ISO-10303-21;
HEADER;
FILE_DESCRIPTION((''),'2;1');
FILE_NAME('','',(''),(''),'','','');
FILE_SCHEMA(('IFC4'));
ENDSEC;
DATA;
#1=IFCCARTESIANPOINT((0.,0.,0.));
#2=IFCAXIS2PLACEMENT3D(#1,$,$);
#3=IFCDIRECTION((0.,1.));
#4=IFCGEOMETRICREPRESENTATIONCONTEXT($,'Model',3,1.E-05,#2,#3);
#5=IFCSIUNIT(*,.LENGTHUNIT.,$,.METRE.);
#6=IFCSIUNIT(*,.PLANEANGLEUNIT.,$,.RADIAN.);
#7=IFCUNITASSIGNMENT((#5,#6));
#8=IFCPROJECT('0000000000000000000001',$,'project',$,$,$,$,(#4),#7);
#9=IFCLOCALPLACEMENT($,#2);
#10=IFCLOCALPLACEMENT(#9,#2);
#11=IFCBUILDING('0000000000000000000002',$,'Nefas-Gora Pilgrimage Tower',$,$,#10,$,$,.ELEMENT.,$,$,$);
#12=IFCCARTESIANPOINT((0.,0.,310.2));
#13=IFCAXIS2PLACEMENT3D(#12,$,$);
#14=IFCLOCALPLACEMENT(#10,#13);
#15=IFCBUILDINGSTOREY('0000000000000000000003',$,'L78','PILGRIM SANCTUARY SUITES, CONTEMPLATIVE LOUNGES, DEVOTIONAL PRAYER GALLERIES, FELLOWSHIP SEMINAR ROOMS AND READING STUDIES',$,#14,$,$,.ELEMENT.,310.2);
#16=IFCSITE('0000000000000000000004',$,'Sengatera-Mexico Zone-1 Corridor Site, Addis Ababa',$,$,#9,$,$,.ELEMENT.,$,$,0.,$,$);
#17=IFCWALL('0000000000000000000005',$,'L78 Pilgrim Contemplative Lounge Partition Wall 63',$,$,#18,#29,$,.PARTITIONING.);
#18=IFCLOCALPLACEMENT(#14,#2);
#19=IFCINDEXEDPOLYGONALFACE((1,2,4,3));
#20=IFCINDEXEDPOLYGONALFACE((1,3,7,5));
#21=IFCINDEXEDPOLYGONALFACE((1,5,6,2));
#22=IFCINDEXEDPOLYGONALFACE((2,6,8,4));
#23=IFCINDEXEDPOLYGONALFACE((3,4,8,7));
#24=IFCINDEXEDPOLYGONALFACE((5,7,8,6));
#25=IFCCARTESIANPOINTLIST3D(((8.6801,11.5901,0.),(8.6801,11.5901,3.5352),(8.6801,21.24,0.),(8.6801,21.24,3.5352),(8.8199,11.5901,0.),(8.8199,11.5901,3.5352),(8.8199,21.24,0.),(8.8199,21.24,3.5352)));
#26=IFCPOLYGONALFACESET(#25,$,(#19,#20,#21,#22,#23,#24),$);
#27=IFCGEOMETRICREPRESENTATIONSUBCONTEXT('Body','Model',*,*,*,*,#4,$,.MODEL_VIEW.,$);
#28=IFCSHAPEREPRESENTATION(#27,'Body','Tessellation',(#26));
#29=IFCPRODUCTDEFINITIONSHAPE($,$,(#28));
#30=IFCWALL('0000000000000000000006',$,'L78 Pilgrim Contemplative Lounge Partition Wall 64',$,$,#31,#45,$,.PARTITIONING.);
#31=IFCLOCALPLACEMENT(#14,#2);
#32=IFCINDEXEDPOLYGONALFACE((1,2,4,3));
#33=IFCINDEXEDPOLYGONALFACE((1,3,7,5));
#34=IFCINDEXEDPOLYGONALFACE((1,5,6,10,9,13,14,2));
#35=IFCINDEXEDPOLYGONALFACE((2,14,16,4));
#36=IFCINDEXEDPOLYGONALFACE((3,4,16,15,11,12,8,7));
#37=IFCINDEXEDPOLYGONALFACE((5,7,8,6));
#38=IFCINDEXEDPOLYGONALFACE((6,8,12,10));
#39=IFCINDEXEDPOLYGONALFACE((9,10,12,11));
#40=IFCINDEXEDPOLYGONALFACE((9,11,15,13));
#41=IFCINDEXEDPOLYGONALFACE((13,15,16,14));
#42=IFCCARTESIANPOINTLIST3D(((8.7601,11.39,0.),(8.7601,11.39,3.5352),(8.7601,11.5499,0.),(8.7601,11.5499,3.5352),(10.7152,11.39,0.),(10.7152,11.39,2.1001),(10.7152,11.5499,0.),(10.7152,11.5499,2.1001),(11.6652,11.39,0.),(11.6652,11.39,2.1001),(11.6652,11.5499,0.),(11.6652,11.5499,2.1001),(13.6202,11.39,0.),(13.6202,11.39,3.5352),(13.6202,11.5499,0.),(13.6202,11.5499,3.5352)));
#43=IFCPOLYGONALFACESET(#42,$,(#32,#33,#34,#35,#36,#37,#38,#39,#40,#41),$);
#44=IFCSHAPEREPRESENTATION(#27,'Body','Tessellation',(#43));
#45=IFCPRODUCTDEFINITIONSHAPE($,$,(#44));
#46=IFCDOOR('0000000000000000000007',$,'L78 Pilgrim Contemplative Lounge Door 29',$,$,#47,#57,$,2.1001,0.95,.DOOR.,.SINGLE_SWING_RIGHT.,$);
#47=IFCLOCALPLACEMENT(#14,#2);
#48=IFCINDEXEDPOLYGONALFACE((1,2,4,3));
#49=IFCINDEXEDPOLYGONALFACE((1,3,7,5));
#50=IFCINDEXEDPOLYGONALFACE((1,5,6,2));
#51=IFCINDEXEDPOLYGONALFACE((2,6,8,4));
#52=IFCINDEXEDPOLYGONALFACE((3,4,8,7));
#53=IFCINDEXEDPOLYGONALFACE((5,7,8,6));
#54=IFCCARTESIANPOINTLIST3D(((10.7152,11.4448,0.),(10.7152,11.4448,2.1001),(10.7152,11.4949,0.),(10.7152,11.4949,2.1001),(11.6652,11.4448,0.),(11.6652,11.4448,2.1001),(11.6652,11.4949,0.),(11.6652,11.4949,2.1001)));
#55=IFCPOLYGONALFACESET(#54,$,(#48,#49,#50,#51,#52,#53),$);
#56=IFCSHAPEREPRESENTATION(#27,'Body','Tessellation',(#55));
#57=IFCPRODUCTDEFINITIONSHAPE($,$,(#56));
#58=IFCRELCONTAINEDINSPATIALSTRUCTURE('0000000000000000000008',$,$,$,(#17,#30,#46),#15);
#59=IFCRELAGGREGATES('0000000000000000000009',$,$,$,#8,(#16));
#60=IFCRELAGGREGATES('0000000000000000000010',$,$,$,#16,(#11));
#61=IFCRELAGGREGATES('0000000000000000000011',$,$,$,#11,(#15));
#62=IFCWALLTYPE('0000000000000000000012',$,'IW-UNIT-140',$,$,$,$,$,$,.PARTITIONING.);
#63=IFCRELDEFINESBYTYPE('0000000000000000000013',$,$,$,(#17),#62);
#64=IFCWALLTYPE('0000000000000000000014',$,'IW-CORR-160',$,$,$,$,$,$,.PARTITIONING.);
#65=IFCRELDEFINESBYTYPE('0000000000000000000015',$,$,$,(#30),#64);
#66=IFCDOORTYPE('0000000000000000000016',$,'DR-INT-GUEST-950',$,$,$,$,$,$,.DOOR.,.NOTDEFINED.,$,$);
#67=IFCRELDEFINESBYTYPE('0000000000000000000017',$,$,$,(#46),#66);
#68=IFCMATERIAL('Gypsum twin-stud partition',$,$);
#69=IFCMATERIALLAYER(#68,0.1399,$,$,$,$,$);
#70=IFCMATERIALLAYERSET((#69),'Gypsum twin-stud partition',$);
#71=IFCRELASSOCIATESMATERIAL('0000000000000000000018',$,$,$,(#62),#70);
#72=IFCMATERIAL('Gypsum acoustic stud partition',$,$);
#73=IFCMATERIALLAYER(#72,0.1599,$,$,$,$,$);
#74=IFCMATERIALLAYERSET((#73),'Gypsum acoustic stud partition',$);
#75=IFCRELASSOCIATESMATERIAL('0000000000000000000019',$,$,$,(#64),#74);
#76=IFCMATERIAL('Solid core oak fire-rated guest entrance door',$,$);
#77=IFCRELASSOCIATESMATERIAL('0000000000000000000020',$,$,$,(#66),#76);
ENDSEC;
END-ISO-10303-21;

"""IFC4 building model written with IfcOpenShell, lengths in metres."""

from ifc_helpers import new_model, si_unit, direction, frame, frame_2d, origin, place, context, subcontext, project, spatial, rectangle, extrude, source, transform, mapped, material, layer, layer_set, type_object, element, fill, save


model = new_model("IFC4")

# Units and contexts
model_context = context("Model", 3, precision=1e-05, world=origin(), true_north=direction((0.0, 1.0)))
body_context = subcontext(model_context, "Body", "Model", "MODEL_VIEW")
ifc_project = project(units=[si_unit("LENGTHUNIT", "METRE"), si_unit("PLANEANGLEUNIT", "RADIAN")], contexts=[model_context])

# Site, building, storey
site_placement = place(None, origin())
site = spatial("IfcSite", under=ifc_project, at=site_placement, Name="Sengatera-Mexico Zone-1 Corridor Site, Addis Ababa", CompositionType="ELEMENT", RefElevation=0.0)
building_placement = place(site_placement, origin())
building = spatial("IfcBuilding", under=site, at=building_placement, Name="Nefas-Gora Pilgrimage Tower", CompositionType="ELEMENT")
storey_placement = place(building_placement, frame((0.0, 0.0, 310.2)))
storey = spatial("IfcBuildingStorey", under=building, at=storey_placement, Name="L78", Description="PILGRIM SANCTUARY SUITES, CONTEMPLATIVE LOUNGES, DEVOTIONAL PRAYER GALLERIES, FELLOWSHIP SEMINAR ROOMS AND READING STUDIES", CompositionType="ELEMENT", Elevation=310.2)

# Wall
ifc_material_1 = material(Name="Gypsum twin-stud partition")
ifc_layer_1 = layer(ifc_material_1, 0.1399)
ifc_layer_set_1 = layer_set([ifc_layer_1], Name="Gypsum twin-stud partition")
wall_type_1 = type_object("IfcWallType", Name="IW-UNIT-140", PredefinedType="PARTITIONING", material=ifc_layer_set_1)
shared_shape_1 = source(origin(), body_context, "Body", "SweptSolid", [
    extrude(rectangle(XDim=9.6499, YDim=0.1399, at=frame_2d((4.825, 0.0))), origin(), (0.0, 0.0, 1.0), 3.5352),
])
wall_1_placement = place(storey_placement, frame((8.75, 11.5901, 0.0), z_axis=(0.0, 0.0, 1.0), x_axis=(0.0, 1.0, 0.0)))
element("IfcWall", 1, at=wall_1_placement, inside=storey, type_object=wall_type_1, Name="L78 Pilgrim Contemplative Lounge Partition Wall 63", PredefinedType="PARTITIONING", context=body_context, shape_type="MappedRepresentation", body=[
    mapped(shared_shape_1, transform((0.0, 0.0, 0.0), x_axis=(1.0, 0.0, 0.0), y_axis=(0.0, 1.0, 0.0), z_axis=(0.0, 0.0, 1.0), scale=1.0)),
])

# Wall, opening, door
ifc_material_2 = material(Name="Gypsum acoustic stud partition")
ifc_layer_2 = layer(ifc_material_2, 0.1599)
ifc_layer_set_2 = layer_set([ifc_layer_2], Name="Gypsum acoustic stud partition")
wall_type_2 = type_object("IfcWallType", Name="IW-CORR-160", PredefinedType="PARTITIONING", material=ifc_layer_set_2)
shared_shape_2 = source(origin(), body_context, "Body", "SweptSolid", [
    extrude(rectangle(XDim=4.8601, YDim=0.1599, at=frame_2d((2.4302, 0.0))), origin(), (0.0, 0.0, 1.0), 3.5352),
])
wall_2_placement = place(storey_placement, frame((8.76, 11.47, 0.0), z_axis=(0.0, 0.0, 1.0), x_axis=(1.0, 0.0, 0.0)))
wall_2 = element("IfcWall", 2, at=wall_2_placement, inside=storey, type_object=wall_type_2, Name="L78 Pilgrim Contemplative Lounge Partition Wall 64", PredefinedType="PARTITIONING", context=body_context, shape_type="MappedRepresentation", body=[
    mapped(shared_shape_2, transform((0.0, 0.0, 0.0), x_axis=(1.0, 0.0, 0.0), y_axis=(0.0, 1.0, 0.0), z_axis=(0.0, 0.0, 1.0), scale=1.0)),
])
opening_placement = place(wall_2_placement, frame((1.9551, 0.0, 0.0)))
opening = element("IfcOpeningElement", 3, at=opening_placement, cuts=wall_2, PredefinedType="OPENING", context=body_context, shape_type="SweptSolid", body=[
    extrude(rectangle(XDim=0.95, YDim=2.1001, at=frame_2d((0.4751, 1.05))), frame((0.0, 0.0898, 0.0), z_axis=(0.0, -1.0, 0.0), x_axis=(1.0, 0.0, 0.0)), (0.0, 0.0, 1.0), 0.1799),
])
ifc_material_3 = material(Name="Solid core oak fire-rated guest entrance door")
door_type = type_object("IfcDoorType", Name="DR-INT-GUEST-950", OperationType="NOTDEFINED", PredefinedType="DOOR", material=ifc_material_3)
shared_shape_3 = source(origin(), body_context, "Body", "SweptSolid", [
    extrude(rectangle(XDim=0.95, YDim=2.1001, at=frame_2d((0.4751, 1.05))), frame((0.0, 0.0249, 0.0), z_axis=(0.0, -1.0, 0.0), x_axis=(1.0, 0.0, 0.0)), (0.0, 0.0, 1.0), 0.05),
])
door_placement = place(opening_placement, origin())
door = element("IfcDoor", 4, at=door_placement, inside=storey, type_object=door_type, Name="L78 Pilgrim Contemplative Lounge Door 29", OperationType="SINGLE_SWING_RIGHT", OverallHeight=2.1001, OverallWidth=0.95, PredefinedType="DOOR", context=body_context, shape_type="MappedRepresentation", body=[
    mapped(shared_shape_3, transform((0.0, 0.0, 0.0), x_axis=(1.0, 0.0, 0.0), y_axis=(0.0, 1.0, 0.0), z_axis=(0.0, 0.0, 1.0), scale=1.0)),
])
fill(opening, door)

save(model, "model.ifc")
